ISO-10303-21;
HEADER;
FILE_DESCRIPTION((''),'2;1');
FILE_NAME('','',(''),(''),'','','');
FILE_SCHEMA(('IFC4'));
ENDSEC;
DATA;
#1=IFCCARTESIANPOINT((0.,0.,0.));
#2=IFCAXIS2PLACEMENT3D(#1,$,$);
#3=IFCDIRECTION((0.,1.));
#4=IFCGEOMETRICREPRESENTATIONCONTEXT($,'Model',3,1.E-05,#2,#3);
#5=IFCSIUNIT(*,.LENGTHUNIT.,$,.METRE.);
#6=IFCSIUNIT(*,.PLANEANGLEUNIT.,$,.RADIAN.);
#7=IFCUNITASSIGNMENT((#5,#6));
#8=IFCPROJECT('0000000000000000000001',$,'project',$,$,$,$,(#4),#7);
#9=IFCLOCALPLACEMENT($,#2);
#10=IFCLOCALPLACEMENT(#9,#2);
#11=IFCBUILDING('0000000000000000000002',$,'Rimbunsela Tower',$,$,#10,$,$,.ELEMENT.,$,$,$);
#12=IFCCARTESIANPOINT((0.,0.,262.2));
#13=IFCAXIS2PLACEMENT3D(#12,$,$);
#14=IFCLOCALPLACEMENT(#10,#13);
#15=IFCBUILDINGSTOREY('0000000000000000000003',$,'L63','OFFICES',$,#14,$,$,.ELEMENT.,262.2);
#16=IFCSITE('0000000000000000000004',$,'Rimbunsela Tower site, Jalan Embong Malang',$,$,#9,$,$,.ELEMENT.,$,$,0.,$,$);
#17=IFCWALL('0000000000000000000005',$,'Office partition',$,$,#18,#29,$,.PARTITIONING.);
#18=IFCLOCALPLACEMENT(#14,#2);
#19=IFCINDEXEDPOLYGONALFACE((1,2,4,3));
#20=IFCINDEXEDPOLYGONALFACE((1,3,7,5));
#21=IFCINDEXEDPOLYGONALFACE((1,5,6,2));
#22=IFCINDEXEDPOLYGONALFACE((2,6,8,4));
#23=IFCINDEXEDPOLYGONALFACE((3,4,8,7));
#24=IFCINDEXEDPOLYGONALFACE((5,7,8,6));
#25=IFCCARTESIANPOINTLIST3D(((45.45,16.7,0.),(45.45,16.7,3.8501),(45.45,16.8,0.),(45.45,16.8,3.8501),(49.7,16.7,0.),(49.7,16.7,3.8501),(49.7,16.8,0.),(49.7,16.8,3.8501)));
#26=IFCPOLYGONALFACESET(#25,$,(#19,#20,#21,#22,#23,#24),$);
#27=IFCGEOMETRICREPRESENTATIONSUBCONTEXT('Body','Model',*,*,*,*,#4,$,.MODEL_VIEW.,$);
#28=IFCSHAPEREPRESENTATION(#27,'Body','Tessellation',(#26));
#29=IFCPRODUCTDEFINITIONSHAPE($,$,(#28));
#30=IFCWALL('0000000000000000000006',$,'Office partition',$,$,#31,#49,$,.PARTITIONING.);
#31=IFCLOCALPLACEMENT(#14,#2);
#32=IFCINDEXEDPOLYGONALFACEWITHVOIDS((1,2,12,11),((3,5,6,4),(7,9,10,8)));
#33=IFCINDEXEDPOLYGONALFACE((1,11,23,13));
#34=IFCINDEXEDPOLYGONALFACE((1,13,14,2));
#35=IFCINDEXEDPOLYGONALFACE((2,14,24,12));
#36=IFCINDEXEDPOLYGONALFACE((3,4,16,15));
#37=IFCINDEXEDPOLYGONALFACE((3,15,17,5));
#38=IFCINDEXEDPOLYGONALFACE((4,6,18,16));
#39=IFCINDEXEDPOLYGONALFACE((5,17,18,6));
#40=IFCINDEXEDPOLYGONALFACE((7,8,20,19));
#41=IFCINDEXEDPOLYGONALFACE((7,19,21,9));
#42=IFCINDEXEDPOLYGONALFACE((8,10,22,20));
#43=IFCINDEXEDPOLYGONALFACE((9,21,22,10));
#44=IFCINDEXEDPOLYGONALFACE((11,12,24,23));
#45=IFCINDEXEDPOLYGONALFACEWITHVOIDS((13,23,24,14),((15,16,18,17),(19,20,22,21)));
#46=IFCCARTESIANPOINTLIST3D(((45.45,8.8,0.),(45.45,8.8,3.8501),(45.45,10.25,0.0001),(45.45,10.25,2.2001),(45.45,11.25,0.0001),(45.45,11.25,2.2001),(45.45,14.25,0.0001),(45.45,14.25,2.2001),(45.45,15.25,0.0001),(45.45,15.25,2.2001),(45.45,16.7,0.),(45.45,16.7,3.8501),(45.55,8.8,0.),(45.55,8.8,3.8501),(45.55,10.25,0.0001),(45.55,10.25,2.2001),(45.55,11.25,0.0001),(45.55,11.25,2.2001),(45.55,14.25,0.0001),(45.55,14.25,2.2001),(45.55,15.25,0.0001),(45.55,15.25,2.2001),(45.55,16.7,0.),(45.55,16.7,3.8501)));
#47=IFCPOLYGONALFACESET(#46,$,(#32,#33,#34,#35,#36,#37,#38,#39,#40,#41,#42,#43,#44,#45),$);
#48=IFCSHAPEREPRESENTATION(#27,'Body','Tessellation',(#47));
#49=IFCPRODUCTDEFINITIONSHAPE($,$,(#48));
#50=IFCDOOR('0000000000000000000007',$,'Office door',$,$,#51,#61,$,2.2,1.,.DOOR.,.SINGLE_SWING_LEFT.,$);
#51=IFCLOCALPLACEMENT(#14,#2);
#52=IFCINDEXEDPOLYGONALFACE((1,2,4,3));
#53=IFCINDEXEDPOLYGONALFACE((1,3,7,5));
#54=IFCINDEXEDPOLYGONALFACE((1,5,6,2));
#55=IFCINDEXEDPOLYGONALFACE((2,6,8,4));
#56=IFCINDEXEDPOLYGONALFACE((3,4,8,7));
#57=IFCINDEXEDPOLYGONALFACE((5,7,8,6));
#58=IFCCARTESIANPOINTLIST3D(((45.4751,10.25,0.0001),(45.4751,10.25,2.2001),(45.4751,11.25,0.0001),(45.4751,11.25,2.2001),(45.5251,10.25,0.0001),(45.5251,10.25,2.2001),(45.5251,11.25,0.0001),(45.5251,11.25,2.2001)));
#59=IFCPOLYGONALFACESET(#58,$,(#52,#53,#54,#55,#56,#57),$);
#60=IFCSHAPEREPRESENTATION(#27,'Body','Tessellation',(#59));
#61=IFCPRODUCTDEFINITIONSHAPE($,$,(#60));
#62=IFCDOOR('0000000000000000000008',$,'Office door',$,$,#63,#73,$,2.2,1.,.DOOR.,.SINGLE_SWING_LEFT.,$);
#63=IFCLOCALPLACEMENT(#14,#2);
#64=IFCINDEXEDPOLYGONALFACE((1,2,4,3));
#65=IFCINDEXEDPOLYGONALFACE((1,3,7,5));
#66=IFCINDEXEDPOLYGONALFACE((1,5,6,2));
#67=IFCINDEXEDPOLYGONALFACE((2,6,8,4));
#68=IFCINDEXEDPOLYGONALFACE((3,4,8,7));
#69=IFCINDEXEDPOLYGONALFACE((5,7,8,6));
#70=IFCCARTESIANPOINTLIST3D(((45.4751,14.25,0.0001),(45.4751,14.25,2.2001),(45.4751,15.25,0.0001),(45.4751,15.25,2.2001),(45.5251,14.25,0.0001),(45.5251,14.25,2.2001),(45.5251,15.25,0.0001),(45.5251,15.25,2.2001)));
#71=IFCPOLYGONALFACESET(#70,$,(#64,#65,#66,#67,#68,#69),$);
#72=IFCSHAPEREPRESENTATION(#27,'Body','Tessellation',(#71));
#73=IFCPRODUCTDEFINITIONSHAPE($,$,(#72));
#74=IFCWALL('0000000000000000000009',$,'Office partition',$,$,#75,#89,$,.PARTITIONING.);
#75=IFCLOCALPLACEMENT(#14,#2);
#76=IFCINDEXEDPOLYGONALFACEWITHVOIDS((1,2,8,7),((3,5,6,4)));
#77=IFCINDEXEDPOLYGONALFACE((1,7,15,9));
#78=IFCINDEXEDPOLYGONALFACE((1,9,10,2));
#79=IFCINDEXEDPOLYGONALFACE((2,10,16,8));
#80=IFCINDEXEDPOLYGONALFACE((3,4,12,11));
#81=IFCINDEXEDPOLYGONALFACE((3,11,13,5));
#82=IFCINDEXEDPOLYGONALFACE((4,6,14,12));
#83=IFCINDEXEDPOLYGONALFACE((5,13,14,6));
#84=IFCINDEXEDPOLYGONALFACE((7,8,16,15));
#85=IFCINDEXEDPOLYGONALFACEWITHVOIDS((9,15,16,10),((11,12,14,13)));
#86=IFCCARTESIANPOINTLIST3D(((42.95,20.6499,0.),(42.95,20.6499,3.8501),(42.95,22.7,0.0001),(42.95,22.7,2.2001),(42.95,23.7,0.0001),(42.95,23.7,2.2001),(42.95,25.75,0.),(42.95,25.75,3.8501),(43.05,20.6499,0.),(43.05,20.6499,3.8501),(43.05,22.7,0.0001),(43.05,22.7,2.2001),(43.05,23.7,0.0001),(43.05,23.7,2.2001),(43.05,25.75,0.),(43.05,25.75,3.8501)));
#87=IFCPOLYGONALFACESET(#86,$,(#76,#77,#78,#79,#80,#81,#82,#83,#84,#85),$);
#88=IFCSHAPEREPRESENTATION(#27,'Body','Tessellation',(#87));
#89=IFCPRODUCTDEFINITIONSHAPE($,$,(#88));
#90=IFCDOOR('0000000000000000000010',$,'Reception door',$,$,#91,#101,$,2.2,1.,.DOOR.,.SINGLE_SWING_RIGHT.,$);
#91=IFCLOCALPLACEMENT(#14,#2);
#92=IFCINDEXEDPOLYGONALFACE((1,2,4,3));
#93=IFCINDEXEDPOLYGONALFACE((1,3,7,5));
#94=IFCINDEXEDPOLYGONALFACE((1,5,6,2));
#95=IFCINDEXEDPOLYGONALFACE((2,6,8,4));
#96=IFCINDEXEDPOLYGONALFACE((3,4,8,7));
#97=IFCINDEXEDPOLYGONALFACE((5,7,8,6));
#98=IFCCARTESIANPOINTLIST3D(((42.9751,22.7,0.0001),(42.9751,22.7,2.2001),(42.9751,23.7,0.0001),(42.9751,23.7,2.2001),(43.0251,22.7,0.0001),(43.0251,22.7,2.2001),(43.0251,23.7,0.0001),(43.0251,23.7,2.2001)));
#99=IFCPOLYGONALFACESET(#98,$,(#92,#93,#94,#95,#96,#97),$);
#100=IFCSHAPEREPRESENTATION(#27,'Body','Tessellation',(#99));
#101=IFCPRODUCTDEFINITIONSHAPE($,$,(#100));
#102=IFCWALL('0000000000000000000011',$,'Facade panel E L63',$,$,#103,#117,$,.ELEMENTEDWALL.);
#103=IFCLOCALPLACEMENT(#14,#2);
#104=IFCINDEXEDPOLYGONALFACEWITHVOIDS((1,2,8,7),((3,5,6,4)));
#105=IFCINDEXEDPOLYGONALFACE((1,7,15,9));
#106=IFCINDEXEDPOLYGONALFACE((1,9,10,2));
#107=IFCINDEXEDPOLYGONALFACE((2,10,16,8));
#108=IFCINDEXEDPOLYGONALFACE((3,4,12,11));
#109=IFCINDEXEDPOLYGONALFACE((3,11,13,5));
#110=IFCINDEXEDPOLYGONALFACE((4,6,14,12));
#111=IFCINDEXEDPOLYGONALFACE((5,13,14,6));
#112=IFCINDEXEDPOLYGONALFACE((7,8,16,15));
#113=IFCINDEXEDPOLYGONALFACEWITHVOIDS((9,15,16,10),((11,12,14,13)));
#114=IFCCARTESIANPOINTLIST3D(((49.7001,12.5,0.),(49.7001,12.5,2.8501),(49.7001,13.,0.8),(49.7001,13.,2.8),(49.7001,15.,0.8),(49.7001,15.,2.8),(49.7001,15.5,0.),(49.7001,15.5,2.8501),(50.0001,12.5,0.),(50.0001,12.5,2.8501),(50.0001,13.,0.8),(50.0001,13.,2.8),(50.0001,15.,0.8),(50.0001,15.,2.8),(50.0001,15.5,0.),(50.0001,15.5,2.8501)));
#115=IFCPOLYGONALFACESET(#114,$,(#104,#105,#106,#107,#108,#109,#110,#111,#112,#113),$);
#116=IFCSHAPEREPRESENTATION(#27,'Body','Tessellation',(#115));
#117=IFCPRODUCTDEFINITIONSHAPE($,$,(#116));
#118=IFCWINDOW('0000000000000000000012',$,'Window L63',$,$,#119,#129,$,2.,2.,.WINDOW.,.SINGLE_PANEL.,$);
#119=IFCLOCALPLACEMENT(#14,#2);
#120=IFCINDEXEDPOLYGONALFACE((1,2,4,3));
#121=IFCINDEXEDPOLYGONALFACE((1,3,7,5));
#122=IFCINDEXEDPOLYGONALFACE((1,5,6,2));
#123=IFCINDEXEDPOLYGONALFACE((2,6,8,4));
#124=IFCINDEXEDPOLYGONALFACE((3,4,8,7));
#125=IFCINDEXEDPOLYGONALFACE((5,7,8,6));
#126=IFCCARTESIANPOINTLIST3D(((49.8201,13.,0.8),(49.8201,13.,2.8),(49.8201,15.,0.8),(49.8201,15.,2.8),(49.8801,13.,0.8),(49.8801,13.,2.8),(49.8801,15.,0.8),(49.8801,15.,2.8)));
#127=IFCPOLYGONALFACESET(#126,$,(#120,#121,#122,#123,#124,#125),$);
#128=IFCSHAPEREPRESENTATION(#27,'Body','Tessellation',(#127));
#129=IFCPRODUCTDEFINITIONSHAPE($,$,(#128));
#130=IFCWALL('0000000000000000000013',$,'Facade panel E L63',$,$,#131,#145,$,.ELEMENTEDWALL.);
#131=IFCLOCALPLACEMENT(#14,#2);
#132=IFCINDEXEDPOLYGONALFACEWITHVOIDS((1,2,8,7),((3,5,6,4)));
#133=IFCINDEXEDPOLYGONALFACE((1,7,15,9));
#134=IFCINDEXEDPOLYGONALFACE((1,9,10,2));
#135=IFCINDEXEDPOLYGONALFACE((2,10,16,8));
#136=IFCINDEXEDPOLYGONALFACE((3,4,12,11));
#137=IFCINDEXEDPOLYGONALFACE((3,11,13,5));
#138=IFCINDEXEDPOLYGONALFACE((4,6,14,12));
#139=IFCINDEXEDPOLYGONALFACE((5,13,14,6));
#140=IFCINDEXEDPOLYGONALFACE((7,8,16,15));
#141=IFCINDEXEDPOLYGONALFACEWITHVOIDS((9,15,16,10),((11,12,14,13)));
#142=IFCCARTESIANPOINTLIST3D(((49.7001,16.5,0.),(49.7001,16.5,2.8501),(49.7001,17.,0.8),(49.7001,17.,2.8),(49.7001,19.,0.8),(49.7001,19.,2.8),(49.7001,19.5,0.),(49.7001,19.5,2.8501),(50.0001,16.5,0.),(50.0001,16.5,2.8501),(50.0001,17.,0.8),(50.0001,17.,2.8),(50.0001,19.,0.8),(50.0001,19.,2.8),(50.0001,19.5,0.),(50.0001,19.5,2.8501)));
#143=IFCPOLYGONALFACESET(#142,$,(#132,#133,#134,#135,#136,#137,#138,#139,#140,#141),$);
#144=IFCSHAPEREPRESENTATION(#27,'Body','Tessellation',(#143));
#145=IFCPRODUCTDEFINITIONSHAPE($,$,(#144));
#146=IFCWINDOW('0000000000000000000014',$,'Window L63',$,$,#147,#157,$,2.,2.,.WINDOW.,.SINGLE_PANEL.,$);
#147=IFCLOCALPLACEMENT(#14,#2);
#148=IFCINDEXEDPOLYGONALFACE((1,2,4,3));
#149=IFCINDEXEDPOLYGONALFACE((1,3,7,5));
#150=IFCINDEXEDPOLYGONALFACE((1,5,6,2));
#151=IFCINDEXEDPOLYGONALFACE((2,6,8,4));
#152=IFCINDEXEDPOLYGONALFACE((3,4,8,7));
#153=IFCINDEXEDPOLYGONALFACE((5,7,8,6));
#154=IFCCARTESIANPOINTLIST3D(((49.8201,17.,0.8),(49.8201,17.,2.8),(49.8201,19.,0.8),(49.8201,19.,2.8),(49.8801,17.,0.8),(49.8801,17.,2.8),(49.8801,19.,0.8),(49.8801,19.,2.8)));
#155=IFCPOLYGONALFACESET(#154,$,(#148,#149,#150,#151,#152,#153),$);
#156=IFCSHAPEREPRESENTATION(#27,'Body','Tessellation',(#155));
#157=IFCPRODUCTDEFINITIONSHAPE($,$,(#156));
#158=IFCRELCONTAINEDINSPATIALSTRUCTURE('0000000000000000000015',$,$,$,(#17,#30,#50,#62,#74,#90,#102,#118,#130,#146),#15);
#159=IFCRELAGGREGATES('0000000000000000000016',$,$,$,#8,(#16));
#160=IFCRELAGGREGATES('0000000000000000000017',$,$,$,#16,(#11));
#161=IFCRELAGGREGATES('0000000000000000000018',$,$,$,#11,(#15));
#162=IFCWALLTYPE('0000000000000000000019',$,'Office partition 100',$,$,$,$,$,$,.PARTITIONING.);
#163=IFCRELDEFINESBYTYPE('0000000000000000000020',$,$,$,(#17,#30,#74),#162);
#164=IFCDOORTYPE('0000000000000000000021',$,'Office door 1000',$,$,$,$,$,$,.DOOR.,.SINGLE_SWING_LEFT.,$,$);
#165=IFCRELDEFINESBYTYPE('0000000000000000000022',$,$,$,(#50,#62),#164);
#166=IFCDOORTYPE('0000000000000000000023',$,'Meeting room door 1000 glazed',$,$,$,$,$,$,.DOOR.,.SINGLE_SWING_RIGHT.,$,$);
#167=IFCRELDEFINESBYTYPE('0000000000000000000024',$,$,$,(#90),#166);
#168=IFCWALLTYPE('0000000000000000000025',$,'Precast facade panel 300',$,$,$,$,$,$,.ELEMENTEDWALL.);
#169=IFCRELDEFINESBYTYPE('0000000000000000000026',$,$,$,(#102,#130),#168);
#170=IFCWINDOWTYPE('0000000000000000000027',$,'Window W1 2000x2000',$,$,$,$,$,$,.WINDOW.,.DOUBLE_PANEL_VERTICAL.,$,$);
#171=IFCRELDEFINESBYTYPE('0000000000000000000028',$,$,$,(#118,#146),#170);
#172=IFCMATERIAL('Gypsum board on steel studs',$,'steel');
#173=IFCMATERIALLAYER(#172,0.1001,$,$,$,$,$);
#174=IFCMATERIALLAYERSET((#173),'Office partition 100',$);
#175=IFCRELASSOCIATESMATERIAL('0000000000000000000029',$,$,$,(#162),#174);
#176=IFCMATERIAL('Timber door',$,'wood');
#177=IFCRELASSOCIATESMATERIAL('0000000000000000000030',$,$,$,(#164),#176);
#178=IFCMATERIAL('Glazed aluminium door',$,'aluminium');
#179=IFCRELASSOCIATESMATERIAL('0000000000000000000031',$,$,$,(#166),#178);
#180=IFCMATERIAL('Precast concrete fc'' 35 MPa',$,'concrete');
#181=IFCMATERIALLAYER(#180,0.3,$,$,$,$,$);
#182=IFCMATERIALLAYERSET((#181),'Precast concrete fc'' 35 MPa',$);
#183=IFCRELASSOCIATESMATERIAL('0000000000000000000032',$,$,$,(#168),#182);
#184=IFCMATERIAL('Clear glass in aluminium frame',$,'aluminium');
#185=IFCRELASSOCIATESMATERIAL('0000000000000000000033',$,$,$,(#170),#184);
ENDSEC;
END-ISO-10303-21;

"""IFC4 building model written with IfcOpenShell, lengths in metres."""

from ifc_helpers import new_model, si_unit, direction, frame, frame_2d, origin, place, context, subcontext, project, spatial, rectangle, extrude, material, layer, layer_set, type_object, element, fill, save


model = new_model("IFC4")

# Units and contexts
model_context = context("Model", 3, precision=1e-05, world=origin(), true_north=direction((0.0, 1.0)))
body_context = subcontext(model_context, "Body", "Model", "MODEL_VIEW")
ifc_project = project(units=[si_unit("LENGTHUNIT", "METRE"), si_unit("PLANEANGLEUNIT", "RADIAN")], contexts=[model_context])

# Site, building, storey
site_placement = place(None, origin())
site = spatial("IfcSite", under=ifc_project, at=site_placement, Name="Rimbunsela Tower site, Jalan Embong Malang", CompositionType="ELEMENT", RefElevation=0.0)
building_placement = place(site_placement, origin())
building = spatial("IfcBuilding", under=site, at=building_placement, Name="Rimbunsela Tower", CompositionType="ELEMENT")
storey_placement = place(building_placement, frame((0.0, 0.0, 262.2)))
storey = spatial("IfcBuildingStorey", under=building, at=storey_placement, Name="L63", Description="OFFICES", CompositionType="ELEMENT", Elevation=262.2)

# Wall
ifc_material_1 = material(Name="Gypsum board on steel studs", Category="steel")
ifc_layer_1 = layer(ifc_material_1, 0.1001)
ifc_layer_set_1 = layer_set([ifc_layer_1], Name="Office partition 100")
wall_type_1 = type_object("IfcWallType", Name="Office partition 100", PredefinedType="PARTITIONING", material=ifc_layer_set_1)
wall_1_placement = place(storey_placement, frame((45.45, 16.75, 0.0), z_axis=(0.0, 0.0, 1.0), x_axis=(1.0, 0.0, 0.0)))
element("IfcWall", 1, at=wall_1_placement, inside=storey, type_object=wall_type_1, Name="Office partition", PredefinedType="PARTITIONING", context=body_context, shape_type="SweptSolid", body=[
    extrude(rectangle(XDim=4.25, YDim=0.1001, at=frame_2d((2.125, 0.0))), origin(), (0.0, 0.0, 1.0), 3.8501),
])

# Wall, openings, doors
wall_2_placement = place(storey_placement, frame((45.5, 8.8, 0.0), z_axis=(0.0, 0.0, 1.0), x_axis=(0.0, 1.0, 0.0)))
wall_2 = element("IfcWall", 2, at=wall_2_placement, inside=storey, type_object=wall_type_1, Name="Office partition", PredefinedType="PARTITIONING", context=body_context, shape_type="SweptSolid", body=[
    extrude(rectangle(XDim=7.8999, YDim=0.1001, at=frame_2d((3.95, 0.0))), origin(), (0.0, 0.0, 1.0), 3.8501),
])
opening_1_placement = place(wall_2_placement, frame((1.45, 0.0, 0.0)))
opening_1 = element("IfcOpeningElement", 3, at=opening_1_placement, cuts=wall_2, PredefinedType="OPENING", context=body_context, shape_type="SweptSolid", body=[
    extrude(rectangle(XDim=1.0, YDim=2.2, at=frame_2d((0.5, 1.1001))), frame((0.0, 0.0601, 0.0), z_axis=(0.0, -1.0, 0.0), x_axis=(1.0, 0.0, 0.0)), (0.0, 0.0, 1.0), 0.1201),
])
opening_2_placement = place(wall_2_placement, frame((5.45, 0.0, 0.0)))
opening_2 = element("IfcOpeningElement", 4, at=opening_2_placement, cuts=wall_2, PredefinedType="OPENING", context=body_context, shape_type="SweptSolid", body=[
    extrude(rectangle(XDim=1.0, YDim=2.2, at=frame_2d((0.5, 1.1001))), frame((0.0, 0.0601, 0.0), z_axis=(0.0, -1.0, 0.0), x_axis=(1.0, 0.0, 0.0)), (0.0, 0.0, 1.0), 0.1201),
])
ifc_material_2 = material(Name="Timber door", Category="wood")
door_type_1 = type_object("IfcDoorType", Name="Office door 1000", OperationType="SINGLE_SWING_LEFT", PredefinedType="DOOR", material=ifc_material_2)
door_1_placement = place(opening_1_placement, origin())
door_1 = element("IfcDoor", 5, at=door_1_placement, inside=storey, type_object=door_type_1, Name="Office door", OperationType="SINGLE_SWING_LEFT", OverallHeight=2.2, OverallWidth=1.0, PredefinedType="DOOR", context=body_context, shape_type="SweptSolid", body=[
    extrude(rectangle(XDim=1.0, YDim=2.2, at=frame_2d((0.5, 1.1001))), frame((0.0, 0.0249, 0.0), z_axis=(0.0, -1.0, 0.0), x_axis=(1.0, 0.0, 0.0)), (0.0, 0.0, 1.0), 0.05),
])
fill(opening_1, door_1)
door_2_placement = place(opening_2_placement, origin())
door_2 = element("IfcDoor", 6, at=door_2_placement, inside=storey, type_object=door_type_1, Name="Office door", OperationType="SINGLE_SWING_LEFT", OverallHeight=2.2, OverallWidth=1.0, PredefinedType="DOOR", context=body_context, shape_type="SweptSolid", body=[
    extrude(rectangle(XDim=1.0, YDim=2.2, at=frame_2d((0.5, 1.1001))), frame((0.0, 0.0249, 0.0), z_axis=(0.0, -1.0, 0.0), x_axis=(1.0, 0.0, 0.0)), (0.0, 0.0, 1.0), 0.05),
])
fill(opening_2, door_2)

# Wall, opening, door
wall_3_placement = place(storey_placement, frame((43.0, 20.6499, 0.0), z_axis=(0.0, 0.0, 1.0), x_axis=(0.0, 1.0, 0.0)))
wall_3 = element("IfcWall", 7, at=wall_3_placement, inside=storey, type_object=wall_type_1, Name="Office partition", PredefinedType="PARTITIONING", context=body_context, shape_type="SweptSolid", body=[
    extrude(rectangle(XDim=5.1001, YDim=0.1001, at=frame_2d((2.55, 0.0))), origin(), (0.0, 0.0, 1.0), 3.8501),
])
opening_3_placement = place(wall_3_placement, frame((2.05, 0.0, 0.0)))
opening_3 = element("IfcOpeningElement", 8, at=opening_3_placement, cuts=wall_3, PredefinedType="OPENING", context=body_context, shape_type="SweptSolid", body=[
    extrude(rectangle(XDim=1.0, YDim=2.2, at=frame_2d((0.5, 1.1001))), frame((0.0, 0.0601, 0.0), z_axis=(0.0, -1.0, 0.0), x_axis=(1.0, 0.0, 0.0)), (0.0, 0.0, 1.0), 0.1201),
])
ifc_material_3 = material(Name="Glazed aluminium door", Category="aluminium")
door_type_2 = type_object("IfcDoorType", Name="Meeting room door 1000 glazed", OperationType="SINGLE_SWING_RIGHT", PredefinedType="DOOR", material=ifc_material_3)
door_3_placement = place(opening_3_placement, origin())
door_3 = element("IfcDoor", 9, at=door_3_placement, inside=storey, type_object=door_type_2, Name="Reception door", OperationType="SINGLE_SWING_RIGHT", OverallHeight=2.2, OverallWidth=1.0, PredefinedType="DOOR", context=body_context, shape_type="SweptSolid", body=[
    extrude(rectangle(XDim=1.0, YDim=2.2, at=frame_2d((0.5, 1.1001))), frame((0.0, 0.0249, 0.0), z_axis=(0.0, -1.0, 0.0), x_axis=(1.0, 0.0, 0.0)), (0.0, 0.0, 1.0), 0.05),
])
fill(opening_3, door_3)

# Walls, openings, windows
ifc_material_4 = material(Name="Precast concrete fc' 35 MPa", Category="concrete")
ifc_layer_2 = layer(ifc_material_4, 0.3)
ifc_layer_set_2 = layer_set([ifc_layer_2], Name="Precast concrete fc' 35 MPa")
wall_type_2 = type_object("IfcWallType", Name="Precast facade panel 300", PredefinedType="ELEMENTEDWALL", material=ifc_layer_set_2)
wall_4_placement = place(storey_placement, frame((49.8501, 12.5, 0.0), z_axis=(0.0, 0.0, 1.0), x_axis=(0.0, 1.0, 0.0)))
wall_4 = element("IfcWall", 10, at=wall_4_placement, inside=storey, type_object=wall_type_2, Name="Facade panel E L63", PredefinedType="ELEMENTEDWALL", context=body_context, shape_type="SweptSolid", body=[
    extrude(rectangle(XDim=3.0, YDim=0.3, at=frame_2d((1.5, 0.0))), origin(), (0.0, 0.0, 1.0), 2.8501),
])
opening_4_placement = place(wall_4_placement, frame((0.5, 0.0, 0.8)))
opening_4 = element("IfcOpeningElement", 11, at=opening_4_placement, cuts=wall_4, PredefinedType="OPENING", context=body_context, shape_type="SweptSolid", body=[
    extrude(rectangle(XDim=2.0, YDim=2.0, at=frame_2d((1.0, 1.0))), frame((0.0, 0.1599, 0.0), z_axis=(0.0, -1.0, 0.0), x_axis=(1.0, 0.0, 0.0)), (0.0, 0.0, 1.0), 0.3201),
])
ifc_material_5 = material(Name="Clear glass in aluminium frame", Category="aluminium")
window_type = type_object("IfcWindowType", Name="Window W1 2000x2000", PartitioningType="DOUBLE_PANEL_VERTICAL", PredefinedType="WINDOW", material=ifc_material_5)
window_1_placement = place(opening_4_placement, origin())
window_1 = element("IfcWindow", 12, at=window_1_placement, inside=storey, type_object=window_type, Name="Window L63", OverallHeight=2.0, OverallWidth=2.0, PartitioningType="SINGLE_PANEL", PredefinedType="WINDOW", context=body_context, shape_type="SweptSolid", body=[
    extrude(rectangle(XDim=2.0, YDim=2.0, at=frame_2d((1.0, 1.0))), frame((0.0, 0.03, 0.0), z_axis=(0.0, -1.0, 0.0), x_axis=(1.0, 0.0, 0.0)), (0.0, 0.0, 1.0), 0.0601),
])
fill(opening_4, window_1)
wall_5_placement = place(storey_placement, frame((49.8501, 16.5, 0.0), z_axis=(0.0, 0.0, 1.0), x_axis=(0.0, 1.0, 0.0)))
wall_5 = element("IfcWall", 13, at=wall_5_placement, inside=storey, type_object=wall_type_2, Name="Facade panel E L63", PredefinedType="ELEMENTEDWALL", context=body_context, shape_type="SweptSolid", body=[
    extrude(rectangle(XDim=3.0, YDim=0.3, at=frame_2d((1.5, 0.0))), origin(), (0.0, 0.0, 1.0), 2.8501),
])
opening_5_placement = place(wall_5_placement, frame((0.5, 0.0, 0.8)))
opening_5 = element("IfcOpeningElement", 14, at=opening_5_placement, cuts=wall_5, PredefinedType="OPENING", context=body_context, shape_type="SweptSolid", body=[
    extrude(rectangle(XDim=2.0, YDim=2.0, at=frame_2d((1.0, 1.0))), frame((0.0, 0.1599, 0.0), z_axis=(0.0, -1.0, 0.0), x_axis=(1.0, 0.0, 0.0)), (0.0, 0.0, 1.0), 0.3201),
])
window_2_placement = place(opening_5_placement, origin())
window_2 = element("IfcWindow", 15, at=window_2_placement, inside=storey, type_object=window_type, Name="Window L63", OverallHeight=2.0, OverallWidth=2.0, PartitioningType="SINGLE_PANEL", PredefinedType="WINDOW", context=body_context, shape_type="SweptSolid", body=[
    extrude(rectangle(XDim=2.0, YDim=2.0, at=frame_2d((1.0, 1.0))), frame((0.0, 0.03, 0.0), z_axis=(0.0, -1.0, 0.0), x_axis=(1.0, 0.0, 0.0)), (0.0, 0.0, 1.0), 0.0601),
])
fill(opening_5, window_2)

save(model, "model.ifc")
